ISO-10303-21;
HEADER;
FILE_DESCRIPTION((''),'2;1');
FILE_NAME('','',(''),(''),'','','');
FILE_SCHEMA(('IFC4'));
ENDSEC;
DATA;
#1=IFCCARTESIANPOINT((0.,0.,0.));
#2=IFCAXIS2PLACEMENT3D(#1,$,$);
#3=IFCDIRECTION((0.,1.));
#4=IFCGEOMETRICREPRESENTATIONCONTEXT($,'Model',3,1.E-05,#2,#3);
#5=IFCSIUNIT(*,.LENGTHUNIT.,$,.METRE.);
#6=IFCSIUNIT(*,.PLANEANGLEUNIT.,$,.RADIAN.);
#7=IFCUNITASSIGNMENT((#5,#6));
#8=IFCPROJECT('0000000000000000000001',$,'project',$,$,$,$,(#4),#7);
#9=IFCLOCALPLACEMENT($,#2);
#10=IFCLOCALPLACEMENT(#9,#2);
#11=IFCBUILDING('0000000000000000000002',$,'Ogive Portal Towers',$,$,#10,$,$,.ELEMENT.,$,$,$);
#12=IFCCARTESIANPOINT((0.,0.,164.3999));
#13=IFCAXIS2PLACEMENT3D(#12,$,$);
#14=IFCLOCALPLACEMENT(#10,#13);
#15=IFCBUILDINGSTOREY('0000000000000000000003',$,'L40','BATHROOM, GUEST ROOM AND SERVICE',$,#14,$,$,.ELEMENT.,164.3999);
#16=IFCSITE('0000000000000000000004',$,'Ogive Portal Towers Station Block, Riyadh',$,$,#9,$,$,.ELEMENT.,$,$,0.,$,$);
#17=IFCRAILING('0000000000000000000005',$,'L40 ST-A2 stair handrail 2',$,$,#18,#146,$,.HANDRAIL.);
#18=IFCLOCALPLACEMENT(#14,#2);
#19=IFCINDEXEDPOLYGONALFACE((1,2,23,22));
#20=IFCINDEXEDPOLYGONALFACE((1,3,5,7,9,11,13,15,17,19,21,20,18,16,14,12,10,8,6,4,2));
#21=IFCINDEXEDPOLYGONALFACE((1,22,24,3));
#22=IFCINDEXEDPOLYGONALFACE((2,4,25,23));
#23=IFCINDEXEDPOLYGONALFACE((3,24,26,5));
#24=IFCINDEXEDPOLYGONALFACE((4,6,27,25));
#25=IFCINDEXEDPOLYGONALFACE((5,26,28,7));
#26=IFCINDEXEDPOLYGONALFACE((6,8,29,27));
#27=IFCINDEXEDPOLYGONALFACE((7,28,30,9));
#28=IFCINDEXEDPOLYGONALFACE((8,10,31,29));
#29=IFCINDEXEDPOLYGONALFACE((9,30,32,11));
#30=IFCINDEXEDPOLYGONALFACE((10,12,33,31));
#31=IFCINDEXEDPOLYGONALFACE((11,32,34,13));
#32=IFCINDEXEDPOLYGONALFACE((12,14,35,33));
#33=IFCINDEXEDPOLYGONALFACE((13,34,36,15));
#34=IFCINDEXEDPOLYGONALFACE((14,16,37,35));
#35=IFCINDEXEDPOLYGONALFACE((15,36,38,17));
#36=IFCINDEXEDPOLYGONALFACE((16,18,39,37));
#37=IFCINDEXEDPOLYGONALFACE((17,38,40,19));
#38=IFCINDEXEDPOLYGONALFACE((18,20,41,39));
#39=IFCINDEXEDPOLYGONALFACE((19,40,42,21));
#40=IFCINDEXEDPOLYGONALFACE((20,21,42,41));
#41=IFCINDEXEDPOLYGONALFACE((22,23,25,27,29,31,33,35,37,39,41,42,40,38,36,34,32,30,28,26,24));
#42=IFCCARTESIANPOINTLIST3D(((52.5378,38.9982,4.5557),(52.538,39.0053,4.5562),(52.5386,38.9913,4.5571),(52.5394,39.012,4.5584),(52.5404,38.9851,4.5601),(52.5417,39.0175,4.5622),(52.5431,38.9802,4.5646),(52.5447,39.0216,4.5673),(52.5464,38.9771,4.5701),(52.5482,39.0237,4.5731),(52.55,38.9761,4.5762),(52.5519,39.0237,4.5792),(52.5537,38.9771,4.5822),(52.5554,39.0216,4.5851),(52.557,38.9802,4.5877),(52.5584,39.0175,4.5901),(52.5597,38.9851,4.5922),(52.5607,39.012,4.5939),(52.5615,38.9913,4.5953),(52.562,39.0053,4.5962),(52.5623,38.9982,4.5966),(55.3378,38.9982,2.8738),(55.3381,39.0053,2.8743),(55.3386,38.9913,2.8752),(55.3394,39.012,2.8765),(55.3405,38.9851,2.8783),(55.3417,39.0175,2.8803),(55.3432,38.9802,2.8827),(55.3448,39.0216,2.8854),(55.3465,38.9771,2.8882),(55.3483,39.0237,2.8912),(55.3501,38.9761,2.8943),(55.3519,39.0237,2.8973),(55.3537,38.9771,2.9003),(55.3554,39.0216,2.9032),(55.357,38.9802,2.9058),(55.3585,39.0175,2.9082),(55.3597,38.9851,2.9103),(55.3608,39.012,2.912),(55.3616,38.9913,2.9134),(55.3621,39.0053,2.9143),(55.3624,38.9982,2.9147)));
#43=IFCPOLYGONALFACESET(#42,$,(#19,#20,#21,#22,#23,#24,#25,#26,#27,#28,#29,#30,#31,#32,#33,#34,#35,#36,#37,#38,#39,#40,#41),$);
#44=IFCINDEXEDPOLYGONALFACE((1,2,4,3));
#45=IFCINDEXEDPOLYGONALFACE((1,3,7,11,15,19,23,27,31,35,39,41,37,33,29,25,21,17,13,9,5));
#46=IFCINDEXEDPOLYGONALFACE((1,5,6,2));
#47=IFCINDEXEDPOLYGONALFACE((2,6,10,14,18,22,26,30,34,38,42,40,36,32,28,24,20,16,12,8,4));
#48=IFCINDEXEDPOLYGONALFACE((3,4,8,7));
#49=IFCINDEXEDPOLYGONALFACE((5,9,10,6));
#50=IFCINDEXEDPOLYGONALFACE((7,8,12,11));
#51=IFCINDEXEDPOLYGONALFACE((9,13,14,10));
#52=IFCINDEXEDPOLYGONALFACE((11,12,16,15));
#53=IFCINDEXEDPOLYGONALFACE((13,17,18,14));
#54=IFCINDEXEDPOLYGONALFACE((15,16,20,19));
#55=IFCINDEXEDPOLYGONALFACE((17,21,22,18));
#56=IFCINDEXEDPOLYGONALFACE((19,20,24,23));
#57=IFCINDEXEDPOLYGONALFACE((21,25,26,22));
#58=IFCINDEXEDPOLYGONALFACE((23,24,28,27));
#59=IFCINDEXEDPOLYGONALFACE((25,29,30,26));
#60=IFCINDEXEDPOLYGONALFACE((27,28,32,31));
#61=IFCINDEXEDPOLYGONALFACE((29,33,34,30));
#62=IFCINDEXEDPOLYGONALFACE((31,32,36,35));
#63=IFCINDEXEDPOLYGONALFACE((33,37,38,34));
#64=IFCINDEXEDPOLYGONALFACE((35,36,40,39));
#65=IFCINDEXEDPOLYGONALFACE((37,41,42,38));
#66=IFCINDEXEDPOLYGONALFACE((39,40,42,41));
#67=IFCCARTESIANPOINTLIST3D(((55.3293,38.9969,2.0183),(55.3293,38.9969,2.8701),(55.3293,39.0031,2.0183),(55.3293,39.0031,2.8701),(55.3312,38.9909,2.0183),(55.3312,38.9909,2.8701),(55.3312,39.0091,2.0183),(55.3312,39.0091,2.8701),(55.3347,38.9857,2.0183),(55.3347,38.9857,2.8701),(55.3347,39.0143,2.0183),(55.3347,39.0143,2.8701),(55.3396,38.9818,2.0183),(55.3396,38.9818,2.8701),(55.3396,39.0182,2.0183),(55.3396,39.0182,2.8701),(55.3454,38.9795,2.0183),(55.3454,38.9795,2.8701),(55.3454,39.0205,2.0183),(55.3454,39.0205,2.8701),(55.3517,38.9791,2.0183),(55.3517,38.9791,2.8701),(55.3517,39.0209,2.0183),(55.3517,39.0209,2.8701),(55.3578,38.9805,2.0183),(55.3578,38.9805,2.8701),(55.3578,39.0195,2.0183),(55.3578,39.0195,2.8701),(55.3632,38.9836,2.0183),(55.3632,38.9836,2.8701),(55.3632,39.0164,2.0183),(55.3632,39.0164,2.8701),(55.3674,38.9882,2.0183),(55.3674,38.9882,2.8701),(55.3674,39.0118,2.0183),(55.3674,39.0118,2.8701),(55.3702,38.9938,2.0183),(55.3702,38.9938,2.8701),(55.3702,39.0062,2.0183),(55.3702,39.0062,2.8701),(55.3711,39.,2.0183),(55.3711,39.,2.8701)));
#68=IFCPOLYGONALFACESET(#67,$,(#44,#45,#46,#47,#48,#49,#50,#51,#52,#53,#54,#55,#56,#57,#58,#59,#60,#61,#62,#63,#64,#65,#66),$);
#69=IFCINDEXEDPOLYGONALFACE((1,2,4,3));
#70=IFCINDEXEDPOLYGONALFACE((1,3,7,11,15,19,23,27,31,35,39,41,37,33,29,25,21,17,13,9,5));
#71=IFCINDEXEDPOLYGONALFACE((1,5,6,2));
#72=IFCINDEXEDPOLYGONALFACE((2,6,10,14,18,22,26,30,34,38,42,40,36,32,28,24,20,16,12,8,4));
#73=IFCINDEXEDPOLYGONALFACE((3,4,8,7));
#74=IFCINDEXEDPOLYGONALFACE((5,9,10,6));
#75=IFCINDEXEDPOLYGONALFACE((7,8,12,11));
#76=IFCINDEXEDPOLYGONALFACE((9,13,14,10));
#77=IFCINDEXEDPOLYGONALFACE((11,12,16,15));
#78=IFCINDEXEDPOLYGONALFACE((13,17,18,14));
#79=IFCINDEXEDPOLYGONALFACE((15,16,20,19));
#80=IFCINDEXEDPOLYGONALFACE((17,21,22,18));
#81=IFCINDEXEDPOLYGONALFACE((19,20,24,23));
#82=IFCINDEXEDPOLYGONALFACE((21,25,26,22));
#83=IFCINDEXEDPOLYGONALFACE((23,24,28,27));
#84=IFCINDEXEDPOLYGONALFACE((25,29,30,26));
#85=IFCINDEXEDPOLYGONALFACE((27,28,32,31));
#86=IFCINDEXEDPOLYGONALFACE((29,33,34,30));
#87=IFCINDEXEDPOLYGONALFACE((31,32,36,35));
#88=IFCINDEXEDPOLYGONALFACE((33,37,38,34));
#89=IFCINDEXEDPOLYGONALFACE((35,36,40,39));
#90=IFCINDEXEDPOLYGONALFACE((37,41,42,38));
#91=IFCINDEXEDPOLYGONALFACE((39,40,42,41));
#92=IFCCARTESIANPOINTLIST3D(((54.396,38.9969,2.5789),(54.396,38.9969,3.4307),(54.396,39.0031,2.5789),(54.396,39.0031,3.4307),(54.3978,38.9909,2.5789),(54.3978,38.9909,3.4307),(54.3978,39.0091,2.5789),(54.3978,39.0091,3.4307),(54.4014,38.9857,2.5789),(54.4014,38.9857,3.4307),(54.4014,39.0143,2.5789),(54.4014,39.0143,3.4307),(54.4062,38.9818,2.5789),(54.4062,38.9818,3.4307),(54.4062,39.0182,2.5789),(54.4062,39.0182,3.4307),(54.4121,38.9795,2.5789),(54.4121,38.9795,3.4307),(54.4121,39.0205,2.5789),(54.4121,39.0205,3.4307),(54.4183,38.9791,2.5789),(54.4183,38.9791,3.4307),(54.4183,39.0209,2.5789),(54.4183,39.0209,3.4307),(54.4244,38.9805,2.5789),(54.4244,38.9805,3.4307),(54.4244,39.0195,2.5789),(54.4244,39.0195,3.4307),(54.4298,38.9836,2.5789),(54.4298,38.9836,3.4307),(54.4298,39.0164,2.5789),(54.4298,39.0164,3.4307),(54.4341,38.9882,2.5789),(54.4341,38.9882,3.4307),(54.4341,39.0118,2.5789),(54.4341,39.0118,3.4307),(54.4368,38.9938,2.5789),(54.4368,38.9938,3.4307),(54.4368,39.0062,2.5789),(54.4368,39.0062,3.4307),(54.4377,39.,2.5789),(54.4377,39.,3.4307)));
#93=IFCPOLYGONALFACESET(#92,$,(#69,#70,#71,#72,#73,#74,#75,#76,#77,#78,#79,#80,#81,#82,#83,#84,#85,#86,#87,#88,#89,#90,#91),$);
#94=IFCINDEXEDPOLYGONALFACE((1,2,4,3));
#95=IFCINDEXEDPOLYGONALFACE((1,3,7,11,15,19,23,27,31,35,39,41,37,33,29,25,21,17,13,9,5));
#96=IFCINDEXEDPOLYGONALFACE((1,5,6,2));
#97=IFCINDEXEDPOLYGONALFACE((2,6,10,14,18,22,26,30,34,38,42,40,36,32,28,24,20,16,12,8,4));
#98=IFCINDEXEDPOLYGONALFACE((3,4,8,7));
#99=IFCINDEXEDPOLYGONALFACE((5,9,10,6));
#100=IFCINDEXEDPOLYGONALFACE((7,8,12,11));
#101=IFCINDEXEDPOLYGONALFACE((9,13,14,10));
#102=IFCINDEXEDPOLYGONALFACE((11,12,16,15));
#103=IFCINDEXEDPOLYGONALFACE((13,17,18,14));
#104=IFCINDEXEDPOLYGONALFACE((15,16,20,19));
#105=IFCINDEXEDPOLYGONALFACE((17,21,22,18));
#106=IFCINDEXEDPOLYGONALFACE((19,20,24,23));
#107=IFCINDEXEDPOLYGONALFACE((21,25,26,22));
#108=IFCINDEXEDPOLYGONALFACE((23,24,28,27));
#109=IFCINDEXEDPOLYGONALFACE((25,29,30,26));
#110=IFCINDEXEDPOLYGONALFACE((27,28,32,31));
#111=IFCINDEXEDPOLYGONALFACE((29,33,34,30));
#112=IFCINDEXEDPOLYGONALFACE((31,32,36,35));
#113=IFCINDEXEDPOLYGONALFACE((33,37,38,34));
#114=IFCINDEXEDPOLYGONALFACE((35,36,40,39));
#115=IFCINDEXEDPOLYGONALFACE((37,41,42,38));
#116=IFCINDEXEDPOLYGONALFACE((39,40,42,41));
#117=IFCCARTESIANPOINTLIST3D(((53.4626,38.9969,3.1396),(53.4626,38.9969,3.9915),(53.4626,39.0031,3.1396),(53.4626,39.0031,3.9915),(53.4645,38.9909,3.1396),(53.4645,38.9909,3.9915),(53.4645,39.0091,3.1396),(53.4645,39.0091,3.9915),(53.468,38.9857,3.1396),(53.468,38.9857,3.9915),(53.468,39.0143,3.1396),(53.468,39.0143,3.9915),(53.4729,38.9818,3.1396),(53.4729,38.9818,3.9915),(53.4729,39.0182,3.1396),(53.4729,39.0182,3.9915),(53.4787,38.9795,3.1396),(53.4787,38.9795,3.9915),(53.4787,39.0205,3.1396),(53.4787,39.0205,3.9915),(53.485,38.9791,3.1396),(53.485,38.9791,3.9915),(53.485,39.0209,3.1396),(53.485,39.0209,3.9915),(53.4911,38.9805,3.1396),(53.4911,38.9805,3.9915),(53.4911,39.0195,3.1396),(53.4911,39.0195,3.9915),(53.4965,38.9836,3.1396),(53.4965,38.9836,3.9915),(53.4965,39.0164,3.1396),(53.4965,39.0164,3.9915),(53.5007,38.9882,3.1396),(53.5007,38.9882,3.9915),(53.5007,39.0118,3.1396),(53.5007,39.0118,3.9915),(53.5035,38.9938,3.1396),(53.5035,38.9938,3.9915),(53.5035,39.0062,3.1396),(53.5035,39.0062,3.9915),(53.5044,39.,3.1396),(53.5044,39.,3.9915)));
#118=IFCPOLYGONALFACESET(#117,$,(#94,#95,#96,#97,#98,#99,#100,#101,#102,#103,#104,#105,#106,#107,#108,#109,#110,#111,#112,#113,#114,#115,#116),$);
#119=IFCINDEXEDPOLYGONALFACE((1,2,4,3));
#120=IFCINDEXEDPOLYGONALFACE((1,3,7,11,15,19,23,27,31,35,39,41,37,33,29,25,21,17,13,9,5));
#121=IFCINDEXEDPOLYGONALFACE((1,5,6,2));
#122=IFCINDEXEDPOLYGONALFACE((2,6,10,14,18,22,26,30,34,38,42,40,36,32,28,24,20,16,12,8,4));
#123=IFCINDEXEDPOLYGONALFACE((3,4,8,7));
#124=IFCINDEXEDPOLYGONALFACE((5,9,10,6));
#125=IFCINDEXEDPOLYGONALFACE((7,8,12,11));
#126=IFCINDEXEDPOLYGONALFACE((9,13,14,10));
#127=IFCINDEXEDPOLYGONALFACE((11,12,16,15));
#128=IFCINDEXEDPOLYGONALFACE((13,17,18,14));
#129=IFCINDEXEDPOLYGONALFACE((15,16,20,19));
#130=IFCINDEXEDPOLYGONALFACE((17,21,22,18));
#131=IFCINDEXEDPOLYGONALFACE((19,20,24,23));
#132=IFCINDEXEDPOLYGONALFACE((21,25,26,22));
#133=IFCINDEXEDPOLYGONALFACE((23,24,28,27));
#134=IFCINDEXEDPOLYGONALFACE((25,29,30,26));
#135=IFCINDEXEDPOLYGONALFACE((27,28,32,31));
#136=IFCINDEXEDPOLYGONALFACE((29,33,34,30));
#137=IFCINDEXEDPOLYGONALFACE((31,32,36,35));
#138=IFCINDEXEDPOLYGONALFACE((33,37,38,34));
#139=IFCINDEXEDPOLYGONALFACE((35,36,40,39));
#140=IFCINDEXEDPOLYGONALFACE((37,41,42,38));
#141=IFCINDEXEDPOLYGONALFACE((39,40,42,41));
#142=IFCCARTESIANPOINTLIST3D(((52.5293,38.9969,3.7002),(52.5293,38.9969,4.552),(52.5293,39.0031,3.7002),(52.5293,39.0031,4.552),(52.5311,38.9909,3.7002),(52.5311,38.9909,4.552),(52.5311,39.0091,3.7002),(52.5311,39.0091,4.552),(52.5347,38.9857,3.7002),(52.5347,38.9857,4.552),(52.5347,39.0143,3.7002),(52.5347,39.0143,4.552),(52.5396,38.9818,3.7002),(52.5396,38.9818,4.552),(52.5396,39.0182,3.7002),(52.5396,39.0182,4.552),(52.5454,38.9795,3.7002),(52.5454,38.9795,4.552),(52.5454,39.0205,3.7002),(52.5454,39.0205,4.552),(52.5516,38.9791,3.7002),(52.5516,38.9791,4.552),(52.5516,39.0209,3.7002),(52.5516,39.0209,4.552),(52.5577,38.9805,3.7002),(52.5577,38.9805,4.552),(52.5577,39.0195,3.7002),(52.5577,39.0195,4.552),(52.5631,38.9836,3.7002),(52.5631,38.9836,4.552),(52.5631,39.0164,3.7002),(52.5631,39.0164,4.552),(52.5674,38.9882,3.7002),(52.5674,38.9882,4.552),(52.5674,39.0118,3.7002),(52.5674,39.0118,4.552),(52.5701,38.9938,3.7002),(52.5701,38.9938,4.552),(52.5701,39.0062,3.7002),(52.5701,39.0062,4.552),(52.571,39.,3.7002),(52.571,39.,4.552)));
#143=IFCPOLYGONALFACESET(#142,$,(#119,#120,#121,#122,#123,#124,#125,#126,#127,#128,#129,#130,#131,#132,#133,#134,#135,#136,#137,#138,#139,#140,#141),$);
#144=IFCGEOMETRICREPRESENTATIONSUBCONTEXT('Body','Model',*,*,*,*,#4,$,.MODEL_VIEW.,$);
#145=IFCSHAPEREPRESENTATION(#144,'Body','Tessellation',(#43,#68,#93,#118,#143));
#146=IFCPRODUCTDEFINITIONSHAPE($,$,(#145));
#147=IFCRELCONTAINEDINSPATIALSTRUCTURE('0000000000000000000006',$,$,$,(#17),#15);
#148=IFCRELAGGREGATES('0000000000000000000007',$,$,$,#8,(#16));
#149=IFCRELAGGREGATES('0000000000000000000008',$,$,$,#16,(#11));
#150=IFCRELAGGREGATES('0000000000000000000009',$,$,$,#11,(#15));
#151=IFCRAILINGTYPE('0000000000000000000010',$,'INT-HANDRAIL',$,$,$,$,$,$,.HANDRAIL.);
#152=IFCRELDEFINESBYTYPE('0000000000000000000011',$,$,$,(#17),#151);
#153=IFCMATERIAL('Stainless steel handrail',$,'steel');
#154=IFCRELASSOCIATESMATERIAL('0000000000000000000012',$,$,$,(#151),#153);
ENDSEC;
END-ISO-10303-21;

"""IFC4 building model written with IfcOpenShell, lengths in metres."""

from ifc_helpers import new_model, si_unit, direction, frame, origin, origin_2d, place, context, subcontext, project, spatial, circle, extrude, material, type_object, element, save


model = new_model("IFC4")

# Units and contexts
model_context = context("Model", 3, precision=1e-05, world=origin(), true_north=direction((0.0, 1.0)))
body_context = subcontext(model_context, "Body", "Model", "MODEL_VIEW")
ifc_project = project(units=[si_unit("LENGTHUNIT", "METRE"), si_unit("PLANEANGLEUNIT", "RADIAN")], contexts=[model_context])

# Site, building, storey
site_placement = place(None, origin())
site = spatial("IfcSite", under=ifc_project, at=site_placement, Name="Ogive Portal Towers Station Block, Riyadh", CompositionType="ELEMENT", RefElevation=0.0)
building_placement = place(site_placement, origin())
building = spatial("IfcBuilding", under=site, at=building_placement, Name="Ogive Portal Towers", CompositionType="ELEMENT")
storey_placement = place(building_placement, frame((0.0, 0.0, 164.3999)))
storey = spatial("IfcBuildingStorey", under=building, at=storey_placement, Name="L40", Description="BATHROOM, GUEST ROOM AND SERVICE", CompositionType="ELEMENT", Elevation=164.3999)

# Railing
ifc_material_1 = material(Name="Stainless steel handrail", Category="steel")
railing_type_1 = type_object("IfcRailingType", Name="INT-HANDRAIL", PredefinedType="HANDRAIL", material=ifc_material_1)
railing_1_placement = place(storey_placement, frame((55.3501, 39.0, 2.0183)))
element("IfcRailing", 1, at=railing_1_placement, inside=storey, type_object=railing_type_1, Name="L40 ST-A2 stair handrail 2", PredefinedType="HANDRAIL", context=body_context, shape_type="SweptSolid", body=[
    extrude(circle(Radius=0.0239, at=origin_2d()), frame((0.0, 0.0, 0.876), z_axis=(-0.857242, 0.0, 0.514913), x_axis=(0.0, -1.0, 0.0)), (0.0, 0.0, 1.0), 3.2664),
    extrude(circle(Radius=0.021, at=origin_2d()), origin(), (0.0, 0.0, 1.0), 0.8518),
    extrude(circle(Radius=0.021, at=origin_2d()), frame((-0.9333, 0.0, 0.5605)), (0.0, 0.0, 1.0), 0.8518),
    extrude(circle(Radius=0.021, at=origin_2d()), frame((-1.8667, 0.0, 1.1213)), (0.0, 0.0, 1.0), 0.8518),
    extrude(circle(Radius=0.021, at=origin_2d()), frame((-2.8, 0.0, 1.6819)), (0.0, 0.0, 1.0), 0.8518),
])

save(model, "model.ifc")
